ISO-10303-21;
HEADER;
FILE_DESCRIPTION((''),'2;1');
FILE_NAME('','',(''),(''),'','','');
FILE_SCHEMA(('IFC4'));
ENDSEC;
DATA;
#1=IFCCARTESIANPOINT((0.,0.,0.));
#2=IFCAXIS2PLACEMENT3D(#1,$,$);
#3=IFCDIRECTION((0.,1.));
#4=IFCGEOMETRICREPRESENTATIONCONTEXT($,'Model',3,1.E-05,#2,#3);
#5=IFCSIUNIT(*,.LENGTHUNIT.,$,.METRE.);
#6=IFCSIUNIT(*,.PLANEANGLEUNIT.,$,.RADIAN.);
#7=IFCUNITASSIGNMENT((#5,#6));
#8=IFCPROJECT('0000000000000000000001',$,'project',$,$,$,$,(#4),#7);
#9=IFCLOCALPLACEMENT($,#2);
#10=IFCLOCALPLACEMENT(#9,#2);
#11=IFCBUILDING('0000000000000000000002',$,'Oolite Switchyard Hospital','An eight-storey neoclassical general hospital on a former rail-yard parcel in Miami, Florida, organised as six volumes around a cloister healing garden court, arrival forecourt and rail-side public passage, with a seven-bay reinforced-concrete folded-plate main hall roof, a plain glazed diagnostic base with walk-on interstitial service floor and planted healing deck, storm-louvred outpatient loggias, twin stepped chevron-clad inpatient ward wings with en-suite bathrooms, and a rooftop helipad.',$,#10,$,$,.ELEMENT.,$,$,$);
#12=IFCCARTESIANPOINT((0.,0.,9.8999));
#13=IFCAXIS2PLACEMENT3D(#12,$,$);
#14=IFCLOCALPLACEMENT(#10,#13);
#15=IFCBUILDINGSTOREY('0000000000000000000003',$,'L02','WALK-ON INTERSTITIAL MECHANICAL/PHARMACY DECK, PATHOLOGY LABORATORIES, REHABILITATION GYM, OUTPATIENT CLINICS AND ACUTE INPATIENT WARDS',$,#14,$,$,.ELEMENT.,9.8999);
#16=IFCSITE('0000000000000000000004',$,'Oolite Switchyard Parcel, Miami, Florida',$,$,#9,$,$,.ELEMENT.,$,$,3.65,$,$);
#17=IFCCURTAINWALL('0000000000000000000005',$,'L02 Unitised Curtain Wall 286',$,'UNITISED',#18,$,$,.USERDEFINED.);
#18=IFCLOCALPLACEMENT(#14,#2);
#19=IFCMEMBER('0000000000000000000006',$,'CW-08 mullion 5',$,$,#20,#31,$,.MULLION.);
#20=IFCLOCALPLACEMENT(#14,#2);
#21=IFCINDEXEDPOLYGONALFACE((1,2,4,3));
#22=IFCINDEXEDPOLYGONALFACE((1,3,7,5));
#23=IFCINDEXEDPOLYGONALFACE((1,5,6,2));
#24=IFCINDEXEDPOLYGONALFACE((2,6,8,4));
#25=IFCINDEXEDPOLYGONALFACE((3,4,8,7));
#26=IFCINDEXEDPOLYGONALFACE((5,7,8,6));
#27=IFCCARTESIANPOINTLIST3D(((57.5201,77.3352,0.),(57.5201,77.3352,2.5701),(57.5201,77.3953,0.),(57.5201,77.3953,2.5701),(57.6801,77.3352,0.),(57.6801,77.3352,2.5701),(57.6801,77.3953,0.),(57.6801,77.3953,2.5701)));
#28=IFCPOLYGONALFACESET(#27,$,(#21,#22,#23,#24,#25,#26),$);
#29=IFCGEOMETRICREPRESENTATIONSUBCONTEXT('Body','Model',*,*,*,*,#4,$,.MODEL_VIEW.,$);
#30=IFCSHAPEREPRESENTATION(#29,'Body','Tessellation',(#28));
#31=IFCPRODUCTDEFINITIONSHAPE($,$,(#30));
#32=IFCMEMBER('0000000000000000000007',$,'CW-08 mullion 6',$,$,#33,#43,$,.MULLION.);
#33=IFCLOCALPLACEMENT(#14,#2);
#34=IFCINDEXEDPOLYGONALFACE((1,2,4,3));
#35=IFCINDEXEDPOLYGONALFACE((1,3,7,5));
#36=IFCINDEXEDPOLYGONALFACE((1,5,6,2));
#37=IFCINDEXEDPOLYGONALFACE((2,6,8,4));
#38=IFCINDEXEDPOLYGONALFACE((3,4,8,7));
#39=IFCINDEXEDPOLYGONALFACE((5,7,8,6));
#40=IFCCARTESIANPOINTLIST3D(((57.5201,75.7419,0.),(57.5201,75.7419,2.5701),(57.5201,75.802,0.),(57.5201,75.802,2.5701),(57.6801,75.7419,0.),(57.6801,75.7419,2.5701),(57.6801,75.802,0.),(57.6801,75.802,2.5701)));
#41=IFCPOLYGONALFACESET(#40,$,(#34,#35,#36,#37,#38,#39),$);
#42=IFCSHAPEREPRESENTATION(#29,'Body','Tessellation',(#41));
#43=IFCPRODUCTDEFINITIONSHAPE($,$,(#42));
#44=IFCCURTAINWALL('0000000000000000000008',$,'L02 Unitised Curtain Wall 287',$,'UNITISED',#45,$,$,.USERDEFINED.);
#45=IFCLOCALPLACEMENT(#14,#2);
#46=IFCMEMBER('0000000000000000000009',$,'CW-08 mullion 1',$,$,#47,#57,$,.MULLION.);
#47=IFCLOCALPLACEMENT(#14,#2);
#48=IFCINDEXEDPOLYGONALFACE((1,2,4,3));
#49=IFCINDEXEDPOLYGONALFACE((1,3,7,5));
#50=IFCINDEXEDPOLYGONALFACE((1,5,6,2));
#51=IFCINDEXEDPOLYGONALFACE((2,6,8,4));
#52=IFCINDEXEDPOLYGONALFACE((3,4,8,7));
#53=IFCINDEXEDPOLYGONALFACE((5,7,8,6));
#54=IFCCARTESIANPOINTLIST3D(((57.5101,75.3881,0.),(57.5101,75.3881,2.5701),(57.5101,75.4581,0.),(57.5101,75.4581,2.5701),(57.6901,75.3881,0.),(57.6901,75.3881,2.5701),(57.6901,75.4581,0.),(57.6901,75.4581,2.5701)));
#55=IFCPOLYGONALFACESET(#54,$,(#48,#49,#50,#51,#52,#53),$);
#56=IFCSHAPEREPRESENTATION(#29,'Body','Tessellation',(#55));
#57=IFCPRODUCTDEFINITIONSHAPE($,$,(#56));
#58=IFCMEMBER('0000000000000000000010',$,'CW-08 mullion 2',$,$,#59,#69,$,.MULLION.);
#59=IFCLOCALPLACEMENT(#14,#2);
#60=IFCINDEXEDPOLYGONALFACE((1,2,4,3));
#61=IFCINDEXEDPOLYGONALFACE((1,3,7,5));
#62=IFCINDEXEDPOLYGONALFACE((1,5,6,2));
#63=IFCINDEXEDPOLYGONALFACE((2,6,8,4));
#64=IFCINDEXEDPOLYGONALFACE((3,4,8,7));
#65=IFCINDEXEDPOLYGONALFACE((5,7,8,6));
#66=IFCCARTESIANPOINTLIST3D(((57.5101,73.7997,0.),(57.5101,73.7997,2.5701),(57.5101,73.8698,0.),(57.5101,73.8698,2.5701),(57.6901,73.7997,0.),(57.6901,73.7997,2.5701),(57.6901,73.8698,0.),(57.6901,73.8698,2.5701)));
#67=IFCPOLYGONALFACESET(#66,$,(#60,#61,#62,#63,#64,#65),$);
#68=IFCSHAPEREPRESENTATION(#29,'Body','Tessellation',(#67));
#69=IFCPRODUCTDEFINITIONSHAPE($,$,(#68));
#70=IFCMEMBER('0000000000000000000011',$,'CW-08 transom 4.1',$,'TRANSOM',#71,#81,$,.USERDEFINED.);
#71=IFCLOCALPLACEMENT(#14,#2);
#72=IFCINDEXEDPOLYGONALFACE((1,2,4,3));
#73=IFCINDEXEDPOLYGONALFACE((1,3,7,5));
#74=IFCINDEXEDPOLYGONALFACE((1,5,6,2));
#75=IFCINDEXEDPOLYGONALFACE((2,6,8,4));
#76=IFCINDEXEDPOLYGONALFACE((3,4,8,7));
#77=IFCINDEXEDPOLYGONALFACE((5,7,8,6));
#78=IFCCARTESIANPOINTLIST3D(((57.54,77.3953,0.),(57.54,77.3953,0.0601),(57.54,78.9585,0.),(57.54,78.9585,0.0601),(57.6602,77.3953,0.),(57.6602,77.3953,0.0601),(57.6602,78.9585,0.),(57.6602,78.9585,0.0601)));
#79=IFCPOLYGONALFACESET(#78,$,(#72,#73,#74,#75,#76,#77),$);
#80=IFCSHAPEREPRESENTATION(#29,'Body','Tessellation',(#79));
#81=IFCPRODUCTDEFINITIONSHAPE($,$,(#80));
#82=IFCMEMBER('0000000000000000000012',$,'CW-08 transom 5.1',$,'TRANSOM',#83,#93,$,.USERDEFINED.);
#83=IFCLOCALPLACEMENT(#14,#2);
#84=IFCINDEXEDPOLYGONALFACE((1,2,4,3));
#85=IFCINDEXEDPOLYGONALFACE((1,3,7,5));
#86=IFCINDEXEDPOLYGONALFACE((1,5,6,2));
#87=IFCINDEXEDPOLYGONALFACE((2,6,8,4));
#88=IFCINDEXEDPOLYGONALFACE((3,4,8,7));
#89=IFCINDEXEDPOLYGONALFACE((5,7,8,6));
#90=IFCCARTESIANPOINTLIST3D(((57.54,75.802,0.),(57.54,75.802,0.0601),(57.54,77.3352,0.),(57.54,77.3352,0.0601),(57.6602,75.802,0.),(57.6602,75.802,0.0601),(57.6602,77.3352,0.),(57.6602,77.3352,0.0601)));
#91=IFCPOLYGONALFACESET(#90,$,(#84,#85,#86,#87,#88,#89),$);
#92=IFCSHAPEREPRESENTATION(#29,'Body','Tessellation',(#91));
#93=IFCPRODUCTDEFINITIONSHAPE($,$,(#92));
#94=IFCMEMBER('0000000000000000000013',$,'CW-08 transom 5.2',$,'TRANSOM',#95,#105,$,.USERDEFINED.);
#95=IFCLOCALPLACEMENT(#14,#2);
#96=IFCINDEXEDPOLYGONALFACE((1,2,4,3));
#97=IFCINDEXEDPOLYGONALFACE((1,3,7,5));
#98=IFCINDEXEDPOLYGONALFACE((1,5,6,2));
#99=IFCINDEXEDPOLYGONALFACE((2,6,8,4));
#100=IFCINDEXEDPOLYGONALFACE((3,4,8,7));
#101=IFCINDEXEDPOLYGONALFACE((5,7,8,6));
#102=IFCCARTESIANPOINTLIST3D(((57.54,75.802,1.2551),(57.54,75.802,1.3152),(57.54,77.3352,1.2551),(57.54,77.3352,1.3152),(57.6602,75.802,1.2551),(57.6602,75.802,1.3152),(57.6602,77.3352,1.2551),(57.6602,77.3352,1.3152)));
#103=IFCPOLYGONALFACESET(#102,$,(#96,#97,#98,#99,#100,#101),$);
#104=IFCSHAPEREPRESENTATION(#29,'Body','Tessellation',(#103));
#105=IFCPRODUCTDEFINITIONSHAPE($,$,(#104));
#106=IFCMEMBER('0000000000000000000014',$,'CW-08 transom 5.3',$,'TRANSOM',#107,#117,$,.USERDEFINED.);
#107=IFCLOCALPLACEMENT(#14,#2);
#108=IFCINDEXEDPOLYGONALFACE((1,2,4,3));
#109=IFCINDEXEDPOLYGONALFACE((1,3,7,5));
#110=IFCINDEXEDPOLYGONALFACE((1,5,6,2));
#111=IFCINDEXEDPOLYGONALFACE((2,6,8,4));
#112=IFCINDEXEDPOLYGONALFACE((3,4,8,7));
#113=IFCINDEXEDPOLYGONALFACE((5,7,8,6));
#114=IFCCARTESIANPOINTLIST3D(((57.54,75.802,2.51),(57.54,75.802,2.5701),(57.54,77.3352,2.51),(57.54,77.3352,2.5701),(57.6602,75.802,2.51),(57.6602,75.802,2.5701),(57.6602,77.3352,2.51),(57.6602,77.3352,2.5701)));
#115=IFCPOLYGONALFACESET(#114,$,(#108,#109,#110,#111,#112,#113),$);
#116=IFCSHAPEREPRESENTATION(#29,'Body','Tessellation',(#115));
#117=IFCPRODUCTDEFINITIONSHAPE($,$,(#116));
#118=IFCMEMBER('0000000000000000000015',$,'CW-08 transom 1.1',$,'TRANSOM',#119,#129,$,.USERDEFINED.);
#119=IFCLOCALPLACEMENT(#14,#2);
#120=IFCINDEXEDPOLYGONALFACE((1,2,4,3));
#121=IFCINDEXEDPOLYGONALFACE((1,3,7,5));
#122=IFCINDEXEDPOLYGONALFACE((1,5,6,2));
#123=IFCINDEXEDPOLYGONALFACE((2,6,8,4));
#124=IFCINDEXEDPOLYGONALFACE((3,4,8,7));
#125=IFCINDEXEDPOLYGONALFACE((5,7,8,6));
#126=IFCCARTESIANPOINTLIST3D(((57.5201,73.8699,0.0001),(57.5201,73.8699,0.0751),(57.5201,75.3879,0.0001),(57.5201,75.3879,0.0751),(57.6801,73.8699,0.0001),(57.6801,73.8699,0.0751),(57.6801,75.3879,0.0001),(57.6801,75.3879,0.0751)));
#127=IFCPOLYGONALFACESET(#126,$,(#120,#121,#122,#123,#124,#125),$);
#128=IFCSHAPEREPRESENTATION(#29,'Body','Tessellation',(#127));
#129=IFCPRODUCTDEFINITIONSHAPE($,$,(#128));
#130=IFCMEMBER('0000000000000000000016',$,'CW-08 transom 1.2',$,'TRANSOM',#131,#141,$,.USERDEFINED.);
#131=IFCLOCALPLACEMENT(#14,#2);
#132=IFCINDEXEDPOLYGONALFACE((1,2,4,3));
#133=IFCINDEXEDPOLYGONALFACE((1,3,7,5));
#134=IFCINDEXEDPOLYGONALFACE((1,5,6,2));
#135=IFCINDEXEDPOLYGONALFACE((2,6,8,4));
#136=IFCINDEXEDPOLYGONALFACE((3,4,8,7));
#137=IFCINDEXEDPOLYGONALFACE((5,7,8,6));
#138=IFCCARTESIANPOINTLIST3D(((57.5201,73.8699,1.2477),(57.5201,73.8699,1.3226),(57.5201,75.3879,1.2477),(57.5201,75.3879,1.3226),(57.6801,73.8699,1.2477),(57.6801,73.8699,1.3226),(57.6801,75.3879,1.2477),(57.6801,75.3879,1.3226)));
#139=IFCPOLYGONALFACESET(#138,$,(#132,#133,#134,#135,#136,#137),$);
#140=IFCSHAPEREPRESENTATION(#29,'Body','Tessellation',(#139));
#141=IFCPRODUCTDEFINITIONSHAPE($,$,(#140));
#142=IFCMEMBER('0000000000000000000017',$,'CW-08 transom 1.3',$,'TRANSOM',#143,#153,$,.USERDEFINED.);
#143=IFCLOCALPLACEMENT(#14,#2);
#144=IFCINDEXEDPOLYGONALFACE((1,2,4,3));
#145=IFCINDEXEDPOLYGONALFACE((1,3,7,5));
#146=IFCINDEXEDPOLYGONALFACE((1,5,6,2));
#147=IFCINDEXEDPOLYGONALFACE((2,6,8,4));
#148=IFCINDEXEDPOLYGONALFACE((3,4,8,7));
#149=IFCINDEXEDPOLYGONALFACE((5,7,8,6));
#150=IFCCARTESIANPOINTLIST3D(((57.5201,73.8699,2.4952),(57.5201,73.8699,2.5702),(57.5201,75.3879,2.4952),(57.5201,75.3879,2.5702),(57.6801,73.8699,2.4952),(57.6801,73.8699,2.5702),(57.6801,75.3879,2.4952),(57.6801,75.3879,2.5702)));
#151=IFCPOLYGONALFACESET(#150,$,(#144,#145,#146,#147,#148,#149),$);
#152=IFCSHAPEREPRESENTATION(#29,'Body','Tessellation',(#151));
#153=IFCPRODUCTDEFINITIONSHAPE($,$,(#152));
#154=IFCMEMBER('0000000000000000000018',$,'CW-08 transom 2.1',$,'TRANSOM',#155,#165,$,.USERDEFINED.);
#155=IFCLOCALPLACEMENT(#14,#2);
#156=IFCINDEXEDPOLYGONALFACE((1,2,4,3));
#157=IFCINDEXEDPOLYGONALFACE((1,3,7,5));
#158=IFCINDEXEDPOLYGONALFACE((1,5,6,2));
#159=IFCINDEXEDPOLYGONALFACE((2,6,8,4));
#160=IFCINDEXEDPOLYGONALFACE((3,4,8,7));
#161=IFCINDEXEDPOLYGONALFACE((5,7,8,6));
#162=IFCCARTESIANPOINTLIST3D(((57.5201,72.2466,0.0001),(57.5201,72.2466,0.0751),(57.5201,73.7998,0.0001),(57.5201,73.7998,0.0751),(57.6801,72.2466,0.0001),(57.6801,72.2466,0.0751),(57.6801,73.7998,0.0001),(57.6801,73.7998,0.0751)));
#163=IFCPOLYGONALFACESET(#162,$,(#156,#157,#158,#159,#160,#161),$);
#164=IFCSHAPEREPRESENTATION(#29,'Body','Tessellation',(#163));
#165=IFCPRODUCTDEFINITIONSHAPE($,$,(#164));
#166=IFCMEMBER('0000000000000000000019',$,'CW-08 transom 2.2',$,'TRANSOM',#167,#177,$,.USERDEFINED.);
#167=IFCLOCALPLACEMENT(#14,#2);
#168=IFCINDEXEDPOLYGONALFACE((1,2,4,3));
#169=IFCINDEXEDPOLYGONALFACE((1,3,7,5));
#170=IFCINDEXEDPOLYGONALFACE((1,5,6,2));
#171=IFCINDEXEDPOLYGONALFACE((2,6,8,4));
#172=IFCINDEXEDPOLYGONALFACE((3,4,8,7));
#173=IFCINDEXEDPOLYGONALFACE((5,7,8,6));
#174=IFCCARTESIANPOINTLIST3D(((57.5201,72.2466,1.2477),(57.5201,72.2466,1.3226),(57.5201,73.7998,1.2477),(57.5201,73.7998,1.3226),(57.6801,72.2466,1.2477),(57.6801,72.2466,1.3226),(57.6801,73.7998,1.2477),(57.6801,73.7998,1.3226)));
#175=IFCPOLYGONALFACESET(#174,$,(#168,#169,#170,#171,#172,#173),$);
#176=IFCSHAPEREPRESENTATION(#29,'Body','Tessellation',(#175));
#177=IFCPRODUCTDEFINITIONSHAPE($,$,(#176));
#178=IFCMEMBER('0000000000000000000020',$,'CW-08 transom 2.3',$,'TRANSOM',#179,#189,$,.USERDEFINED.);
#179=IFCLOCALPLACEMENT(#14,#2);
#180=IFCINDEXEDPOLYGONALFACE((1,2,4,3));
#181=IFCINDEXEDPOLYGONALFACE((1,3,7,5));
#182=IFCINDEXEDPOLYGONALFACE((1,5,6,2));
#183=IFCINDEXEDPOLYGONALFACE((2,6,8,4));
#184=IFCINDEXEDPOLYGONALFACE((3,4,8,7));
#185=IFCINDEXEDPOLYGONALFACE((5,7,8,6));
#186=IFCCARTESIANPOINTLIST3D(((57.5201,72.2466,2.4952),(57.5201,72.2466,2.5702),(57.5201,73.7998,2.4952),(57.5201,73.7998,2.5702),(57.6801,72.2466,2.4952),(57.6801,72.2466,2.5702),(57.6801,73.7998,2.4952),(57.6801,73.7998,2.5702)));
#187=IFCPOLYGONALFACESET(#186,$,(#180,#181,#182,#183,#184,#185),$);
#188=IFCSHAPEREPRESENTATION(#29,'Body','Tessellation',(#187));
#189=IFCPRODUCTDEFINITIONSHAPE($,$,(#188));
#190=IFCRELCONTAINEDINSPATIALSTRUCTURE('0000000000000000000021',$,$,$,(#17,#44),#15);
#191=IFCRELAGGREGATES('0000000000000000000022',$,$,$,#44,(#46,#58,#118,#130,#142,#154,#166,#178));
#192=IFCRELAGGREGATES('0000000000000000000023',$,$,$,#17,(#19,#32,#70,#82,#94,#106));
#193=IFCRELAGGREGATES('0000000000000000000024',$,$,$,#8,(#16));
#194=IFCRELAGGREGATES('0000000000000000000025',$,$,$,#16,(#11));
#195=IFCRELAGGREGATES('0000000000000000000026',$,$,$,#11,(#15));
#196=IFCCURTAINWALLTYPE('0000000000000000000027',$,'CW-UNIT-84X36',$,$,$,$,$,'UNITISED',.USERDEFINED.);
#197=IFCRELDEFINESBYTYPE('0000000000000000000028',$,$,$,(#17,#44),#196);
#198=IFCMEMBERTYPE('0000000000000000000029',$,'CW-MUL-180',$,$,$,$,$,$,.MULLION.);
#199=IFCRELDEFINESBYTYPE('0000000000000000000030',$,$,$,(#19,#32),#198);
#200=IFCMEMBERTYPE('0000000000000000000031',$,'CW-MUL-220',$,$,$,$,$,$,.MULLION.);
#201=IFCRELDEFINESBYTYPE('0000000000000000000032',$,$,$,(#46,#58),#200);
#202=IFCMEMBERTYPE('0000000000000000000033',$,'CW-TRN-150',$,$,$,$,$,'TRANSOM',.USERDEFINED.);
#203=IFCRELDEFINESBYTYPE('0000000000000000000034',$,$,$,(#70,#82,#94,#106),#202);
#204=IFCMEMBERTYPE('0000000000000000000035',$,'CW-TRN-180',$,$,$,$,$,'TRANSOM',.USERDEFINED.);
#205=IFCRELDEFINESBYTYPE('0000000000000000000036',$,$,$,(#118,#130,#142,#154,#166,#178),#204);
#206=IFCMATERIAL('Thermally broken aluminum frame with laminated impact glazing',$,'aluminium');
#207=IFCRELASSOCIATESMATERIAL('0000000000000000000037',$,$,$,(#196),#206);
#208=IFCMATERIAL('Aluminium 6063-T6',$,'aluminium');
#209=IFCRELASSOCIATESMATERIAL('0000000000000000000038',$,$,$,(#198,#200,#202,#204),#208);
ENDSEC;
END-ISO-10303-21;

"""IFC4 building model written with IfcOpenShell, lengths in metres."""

from ifc_helpers import new_model, si_unit, direction, frame, origin, origin_2d, place, context, subcontext, project, spatial, rectangle, extrude, material, material_profile, profile_set, type_object, element, aggregate, save


model = new_model("IFC4")

# Units and contexts
model_context = context("Model", 3, precision=1e-05, world=origin(), true_north=direction((0.0, 1.0)))
body_context = subcontext(model_context, "Body", "Model", "MODEL_VIEW")
ifc_project = project(units=[si_unit("LENGTHUNIT", "METRE"), si_unit("PLANEANGLEUNIT", "RADIAN")], contexts=[model_context])

# Site, building, storey
site_placement = place(None, origin())
site = spatial("IfcSite", under=ifc_project, at=site_placement, Name="Oolite Switchyard Parcel, Miami, Florida", CompositionType="ELEMENT", RefElevation=3.65)
building_placement = place(site_placement, origin())
building = spatial("IfcBuilding", under=site, at=building_placement, Name="Oolite Switchyard Hospital", Description="An eight-storey neoclassical general hospital on a former rail-yard parcel in Miami, Florida, organised as six volumes around a cloister healing garden court, arrival forecourt and rail-side public passage, with a seven-bay reinforced-concrete folded-plate main hall roof, a plain glazed diagnostic base with walk-on interstitial service floor and planted healing deck, storm-louvred outpatient loggias, twin stepped chevron-clad inpatient ward wings with en-suite bathrooms, and a rooftop helipad.", CompositionType="ELEMENT")
storey_placement = place(building_placement, frame((0.0, 0.0, 9.8999)))
storey = spatial("IfcBuildingStorey", under=building, at=storey_placement, Name="L02", Description="WALK-ON INTERSTITIAL MECHANICAL/PHARMACY DECK, PATHOLOGY LABORATORIES, REHABILITATION GYM, OUTPATIENT CLINICS AND ACUTE INPATIENT WARDS", CompositionType="ELEMENT", Elevation=9.8999)

# Curtain walls, members
ifc_material_1 = material(Name="Thermally broken aluminum frame with laminated impact glazing", Category="aluminium")
curtain_wall_type = type_object("IfcCurtainWallType", Name="CW-UNIT-84X36", ElementType="UNITISED", PredefinedType="USERDEFINED", material=ifc_material_1)
curtain_wall_1_placement = place(storey_placement, origin())
curtain_wall_1 = element("IfcCurtainWall", 1, at=curtain_wall_1_placement, inside=storey, type_object=curtain_wall_type, Name="L02 Unitised Curtain Wall 286", ObjectType="UNITISED", PredefinedType="USERDEFINED")
ifc_material_2 = material(Name="Aluminium 6063-T6", Category="aluminium")
ifc_material_profile_1 = material_profile(ifc_material_2, rectangle(XDim=0.1599, YDim=0.0601, at=origin_2d()), Name="CWM60X160")
ifc_profile_set_1 = profile_set([ifc_material_profile_1], Name="Aluminium 6063-T6")
member_type_1 = type_object("IfcMemberType", Name="CW-MUL-180", PredefinedType="MULLION", material=ifc_profile_set_1)
member_1_placement = place(storey_placement, frame((57.6001, 77.3652, 0.0), z_axis=(0.0, 0.0, 1.0), x_axis=(1.0, 0.0, 0.0)))
member_1 = element("IfcMember", 2, at=member_1_placement, type_object=member_type_1, Name="CW-08 mullion 5", PredefinedType="MULLION", context=body_context, shape_type="SweptSolid", body=[
    extrude(rectangle(XDim=0.1599, YDim=0.0601, at=origin_2d()), origin(), (0.0, 0.0, 1.0), 2.5701),
])
member_2_placement = place(storey_placement, frame((57.6001, 75.772, 0.0), z_axis=(0.0, 0.0, 1.0), x_axis=(1.0, 0.0, 0.0)))
member_2 = element("IfcMember", 3, at=member_2_placement, type_object=member_type_1, Name="CW-08 mullion 6", PredefinedType="MULLION", context=body_context, shape_type="SweptSolid", body=[
    extrude(rectangle(XDim=0.1599, YDim=0.0601, at=origin_2d()), origin(), (0.0, 0.0, 1.0), 2.5701),
])
curtain_wall_2_placement = place(storey_placement, origin())
curtain_wall_2 = element("IfcCurtainWall", 4, at=curtain_wall_2_placement, inside=storey, type_object=curtain_wall_type, Name="L02 Unitised Curtain Wall 287", ObjectType="UNITISED", PredefinedType="USERDEFINED")
ifc_material_profile_2 = material_profile(ifc_material_2, rectangle(XDim=0.1799, YDim=0.0701, at=origin_2d()), Name="CWM70X180")
ifc_profile_set_2 = profile_set([ifc_material_profile_2], Name="Aluminium 6063-T6")
member_type_2 = type_object("IfcMemberType", Name="CW-MUL-220", PredefinedType="MULLION", material=ifc_profile_set_2)
member_3_placement = place(storey_placement, frame((57.6001, 75.4231, 0.0), z_axis=(0.0, 0.0, 1.0), x_axis=(1.0, 0.0, 0.0)))
member_3 = element("IfcMember", 5, at=member_3_placement, type_object=member_type_2, Name="CW-08 mullion 1", PredefinedType="MULLION", context=body_context, shape_type="SweptSolid", body=[
    extrude(rectangle(XDim=0.1799, YDim=0.0701, at=origin_2d()), origin(), (0.0, 0.0, 1.0), 2.5701),
])
member_4_placement = place(storey_placement, frame((57.6001, 73.8347, 0.0), z_axis=(0.0, 0.0, 1.0), x_axis=(1.0, 0.0, 0.0)))
member_4 = element("IfcMember", 6, at=member_4_placement, type_object=member_type_2, Name="CW-08 mullion 2", PredefinedType="MULLION", context=body_context, shape_type="SweptSolid", body=[
    extrude(rectangle(XDim=0.1799, YDim=0.0701, at=origin_2d()), origin(), (0.0, 0.0, 1.0), 2.5701),
])

# Members
ifc_material_profile_3 = material_profile(ifc_material_2, rectangle(XDim=0.1201, YDim=0.0601, at=origin_2d()), Name="CWT60X120")
ifc_profile_set_3 = profile_set([ifc_material_profile_3], Name="Aluminium 6063-T6")
member_type_3 = type_object("IfcMemberType", Name="CW-TRN-150", ElementType="TRANSOM", PredefinedType="USERDEFINED", material=ifc_profile_set_3)
member_5_placement = place(storey_placement, frame((57.6001, 78.9585, 0.03), z_axis=(0.0, -1.0, 0.0), x_axis=(1.0, 0.0, 0.0)))
member_5 = element("IfcMember", 7, at=member_5_placement, type_object=member_type_3, Name="CW-08 transom 4.1", ObjectType="TRANSOM", PredefinedType="USERDEFINED", context=body_context, shape_type="SweptSolid", body=[
    extrude(rectangle(XDim=0.1201, YDim=0.0601, at=origin_2d()), origin(), (0.0, 0.0, 1.0), 1.5632),
])
member_6_placement = place(storey_placement, frame((57.6001, 77.3352, 0.03), z_axis=(0.0, -1.0, 0.0), x_axis=(1.0, 0.0, 0.0)))
member_6 = element("IfcMember", 8, at=member_6_placement, type_object=member_type_3, Name="CW-08 transom 5.1", ObjectType="TRANSOM", PredefinedType="USERDEFINED", context=body_context, shape_type="SweptSolid", body=[
    extrude(rectangle(XDim=0.1201, YDim=0.0601, at=origin_2d()), origin(), (0.0, 0.0, 1.0), 1.5332),
])
member_7_placement = place(storey_placement, frame((57.6001, 77.3352, 1.2852), z_axis=(0.0, -1.0, 0.0), x_axis=(1.0, 0.0, 0.0)))
member_7 = element("IfcMember", 9, at=member_7_placement, type_object=member_type_3, Name="CW-08 transom 5.2", ObjectType="TRANSOM", PredefinedType="USERDEFINED", context=body_context, shape_type="SweptSolid", body=[
    extrude(rectangle(XDim=0.1201, YDim=0.0601, at=origin_2d()), origin(), (0.0, 0.0, 1.0), 1.5332),
])
member_8_placement = place(storey_placement, frame((57.6001, 77.3352, 2.54), z_axis=(0.0, -1.0, 0.0), x_axis=(1.0, 0.0, 0.0)))
member_8 = element("IfcMember", 10, at=member_8_placement, type_object=member_type_3, Name="CW-08 transom 5.3", ObjectType="TRANSOM", PredefinedType="USERDEFINED", context=body_context, shape_type="SweptSolid", body=[
    extrude(rectangle(XDim=0.1201, YDim=0.0601, at=origin_2d()), origin(), (0.0, 0.0, 1.0), 1.5332),
])
ifc_material_profile_4 = material_profile(ifc_material_2, rectangle(XDim=0.1599, YDim=0.075, at=origin_2d()), Name="CWT75X160")
ifc_profile_set_4 = profile_set([ifc_material_profile_4], Name="Aluminium 6063-T6")
member_type_4 = type_object("IfcMemberType", Name="CW-TRN-180", ElementType="TRANSOM", PredefinedType="USERDEFINED", material=ifc_profile_set_4)
member_9_placement = place(storey_placement, frame((57.6001, 75.3879, 0.0376), z_axis=(0.0, -1.0, 0.0), x_axis=(1.0, 0.0, 0.0)))
member_9 = element("IfcMember", 11, at=member_9_placement, type_object=member_type_4, Name="CW-08 transom 1.1", ObjectType="TRANSOM", PredefinedType="USERDEFINED", context=body_context, shape_type="SweptSolid", body=[
    extrude(rectangle(XDim=0.1599, YDim=0.075, at=origin_2d()), origin(), (0.0, 0.0, 1.0), 1.5181),
])
member_10_placement = place(storey_placement, frame((57.6001, 75.3879, 1.2852), z_axis=(0.0, -1.0, 0.0), x_axis=(1.0, 0.0, 0.0)))
member_10 = element("IfcMember", 12, at=member_10_placement, type_object=member_type_4, Name="CW-08 transom 1.2", ObjectType="TRANSOM", PredefinedType="USERDEFINED", context=body_context, shape_type="SweptSolid", body=[
    extrude(rectangle(XDim=0.1599, YDim=0.075, at=origin_2d()), origin(), (0.0, 0.0, 1.0), 1.5181),
])
member_11_placement = place(storey_placement, frame((57.6001, 75.3879, 2.5327), z_axis=(0.0, -1.0, 0.0), x_axis=(1.0, 0.0, 0.0)))
member_11 = element("IfcMember", 13, at=member_11_placement, type_object=member_type_4, Name="CW-08 transom 1.3", ObjectType="TRANSOM", PredefinedType="USERDEFINED", context=body_context, shape_type="SweptSolid", body=[
    extrude(rectangle(XDim=0.1599, YDim=0.075, at=origin_2d()), origin(), (0.0, 0.0, 1.0), 1.5181),
])
member_12_placement = place(storey_placement, frame((57.6001, 73.7998, 0.0376), z_axis=(0.0, -1.0, 0.0), x_axis=(1.0, 0.0, 0.0)))
member_12 = element("IfcMember", 14, at=member_12_placement, type_object=member_type_4, Name="CW-08 transom 2.1", ObjectType="TRANSOM", PredefinedType="USERDEFINED", context=body_context, shape_type="SweptSolid", body=[
    extrude(rectangle(XDim=0.1599, YDim=0.075, at=origin_2d()), origin(), (0.0, 0.0, 1.0), 1.5532),
])
member_13_placement = place(storey_placement, frame((57.6001, 73.7998, 1.2852), z_axis=(0.0, -1.0, 0.0), x_axis=(1.0, 0.0, 0.0)))
member_13 = element("IfcMember", 15, at=member_13_placement, type_object=member_type_4, Name="CW-08 transom 2.2", ObjectType="TRANSOM", PredefinedType="USERDEFINED", context=body_context, shape_type="SweptSolid", body=[
    extrude(rectangle(XDim=0.1599, YDim=0.075, at=origin_2d()), origin(), (0.0, 0.0, 1.0), 1.5532),
])
member_14_placement = place(storey_placement, frame((57.6001, 73.7998, 2.5327), z_axis=(0.0, -1.0, 0.0), x_axis=(1.0, 0.0, 0.0)))
member_14 = element("IfcMember", 16, at=member_14_placement, type_object=member_type_4, Name="CW-08 transom 2.3", ObjectType="TRANSOM", PredefinedType="USERDEFINED", context=body_context, shape_type="SweptSolid", body=[
    extrude(rectangle(XDim=0.1599, YDim=0.075, at=origin_2d()), origin(), (0.0, 0.0, 1.0), 1.5532),
])

aggregate(curtain_wall_2, [member_3, member_4, member_9, member_10, member_11, member_12, member_13, member_14])
aggregate(curtain_wall_1, [member_1, member_2, member_5, member_6, member_7, member_8])

save(model, "model.ifc")
